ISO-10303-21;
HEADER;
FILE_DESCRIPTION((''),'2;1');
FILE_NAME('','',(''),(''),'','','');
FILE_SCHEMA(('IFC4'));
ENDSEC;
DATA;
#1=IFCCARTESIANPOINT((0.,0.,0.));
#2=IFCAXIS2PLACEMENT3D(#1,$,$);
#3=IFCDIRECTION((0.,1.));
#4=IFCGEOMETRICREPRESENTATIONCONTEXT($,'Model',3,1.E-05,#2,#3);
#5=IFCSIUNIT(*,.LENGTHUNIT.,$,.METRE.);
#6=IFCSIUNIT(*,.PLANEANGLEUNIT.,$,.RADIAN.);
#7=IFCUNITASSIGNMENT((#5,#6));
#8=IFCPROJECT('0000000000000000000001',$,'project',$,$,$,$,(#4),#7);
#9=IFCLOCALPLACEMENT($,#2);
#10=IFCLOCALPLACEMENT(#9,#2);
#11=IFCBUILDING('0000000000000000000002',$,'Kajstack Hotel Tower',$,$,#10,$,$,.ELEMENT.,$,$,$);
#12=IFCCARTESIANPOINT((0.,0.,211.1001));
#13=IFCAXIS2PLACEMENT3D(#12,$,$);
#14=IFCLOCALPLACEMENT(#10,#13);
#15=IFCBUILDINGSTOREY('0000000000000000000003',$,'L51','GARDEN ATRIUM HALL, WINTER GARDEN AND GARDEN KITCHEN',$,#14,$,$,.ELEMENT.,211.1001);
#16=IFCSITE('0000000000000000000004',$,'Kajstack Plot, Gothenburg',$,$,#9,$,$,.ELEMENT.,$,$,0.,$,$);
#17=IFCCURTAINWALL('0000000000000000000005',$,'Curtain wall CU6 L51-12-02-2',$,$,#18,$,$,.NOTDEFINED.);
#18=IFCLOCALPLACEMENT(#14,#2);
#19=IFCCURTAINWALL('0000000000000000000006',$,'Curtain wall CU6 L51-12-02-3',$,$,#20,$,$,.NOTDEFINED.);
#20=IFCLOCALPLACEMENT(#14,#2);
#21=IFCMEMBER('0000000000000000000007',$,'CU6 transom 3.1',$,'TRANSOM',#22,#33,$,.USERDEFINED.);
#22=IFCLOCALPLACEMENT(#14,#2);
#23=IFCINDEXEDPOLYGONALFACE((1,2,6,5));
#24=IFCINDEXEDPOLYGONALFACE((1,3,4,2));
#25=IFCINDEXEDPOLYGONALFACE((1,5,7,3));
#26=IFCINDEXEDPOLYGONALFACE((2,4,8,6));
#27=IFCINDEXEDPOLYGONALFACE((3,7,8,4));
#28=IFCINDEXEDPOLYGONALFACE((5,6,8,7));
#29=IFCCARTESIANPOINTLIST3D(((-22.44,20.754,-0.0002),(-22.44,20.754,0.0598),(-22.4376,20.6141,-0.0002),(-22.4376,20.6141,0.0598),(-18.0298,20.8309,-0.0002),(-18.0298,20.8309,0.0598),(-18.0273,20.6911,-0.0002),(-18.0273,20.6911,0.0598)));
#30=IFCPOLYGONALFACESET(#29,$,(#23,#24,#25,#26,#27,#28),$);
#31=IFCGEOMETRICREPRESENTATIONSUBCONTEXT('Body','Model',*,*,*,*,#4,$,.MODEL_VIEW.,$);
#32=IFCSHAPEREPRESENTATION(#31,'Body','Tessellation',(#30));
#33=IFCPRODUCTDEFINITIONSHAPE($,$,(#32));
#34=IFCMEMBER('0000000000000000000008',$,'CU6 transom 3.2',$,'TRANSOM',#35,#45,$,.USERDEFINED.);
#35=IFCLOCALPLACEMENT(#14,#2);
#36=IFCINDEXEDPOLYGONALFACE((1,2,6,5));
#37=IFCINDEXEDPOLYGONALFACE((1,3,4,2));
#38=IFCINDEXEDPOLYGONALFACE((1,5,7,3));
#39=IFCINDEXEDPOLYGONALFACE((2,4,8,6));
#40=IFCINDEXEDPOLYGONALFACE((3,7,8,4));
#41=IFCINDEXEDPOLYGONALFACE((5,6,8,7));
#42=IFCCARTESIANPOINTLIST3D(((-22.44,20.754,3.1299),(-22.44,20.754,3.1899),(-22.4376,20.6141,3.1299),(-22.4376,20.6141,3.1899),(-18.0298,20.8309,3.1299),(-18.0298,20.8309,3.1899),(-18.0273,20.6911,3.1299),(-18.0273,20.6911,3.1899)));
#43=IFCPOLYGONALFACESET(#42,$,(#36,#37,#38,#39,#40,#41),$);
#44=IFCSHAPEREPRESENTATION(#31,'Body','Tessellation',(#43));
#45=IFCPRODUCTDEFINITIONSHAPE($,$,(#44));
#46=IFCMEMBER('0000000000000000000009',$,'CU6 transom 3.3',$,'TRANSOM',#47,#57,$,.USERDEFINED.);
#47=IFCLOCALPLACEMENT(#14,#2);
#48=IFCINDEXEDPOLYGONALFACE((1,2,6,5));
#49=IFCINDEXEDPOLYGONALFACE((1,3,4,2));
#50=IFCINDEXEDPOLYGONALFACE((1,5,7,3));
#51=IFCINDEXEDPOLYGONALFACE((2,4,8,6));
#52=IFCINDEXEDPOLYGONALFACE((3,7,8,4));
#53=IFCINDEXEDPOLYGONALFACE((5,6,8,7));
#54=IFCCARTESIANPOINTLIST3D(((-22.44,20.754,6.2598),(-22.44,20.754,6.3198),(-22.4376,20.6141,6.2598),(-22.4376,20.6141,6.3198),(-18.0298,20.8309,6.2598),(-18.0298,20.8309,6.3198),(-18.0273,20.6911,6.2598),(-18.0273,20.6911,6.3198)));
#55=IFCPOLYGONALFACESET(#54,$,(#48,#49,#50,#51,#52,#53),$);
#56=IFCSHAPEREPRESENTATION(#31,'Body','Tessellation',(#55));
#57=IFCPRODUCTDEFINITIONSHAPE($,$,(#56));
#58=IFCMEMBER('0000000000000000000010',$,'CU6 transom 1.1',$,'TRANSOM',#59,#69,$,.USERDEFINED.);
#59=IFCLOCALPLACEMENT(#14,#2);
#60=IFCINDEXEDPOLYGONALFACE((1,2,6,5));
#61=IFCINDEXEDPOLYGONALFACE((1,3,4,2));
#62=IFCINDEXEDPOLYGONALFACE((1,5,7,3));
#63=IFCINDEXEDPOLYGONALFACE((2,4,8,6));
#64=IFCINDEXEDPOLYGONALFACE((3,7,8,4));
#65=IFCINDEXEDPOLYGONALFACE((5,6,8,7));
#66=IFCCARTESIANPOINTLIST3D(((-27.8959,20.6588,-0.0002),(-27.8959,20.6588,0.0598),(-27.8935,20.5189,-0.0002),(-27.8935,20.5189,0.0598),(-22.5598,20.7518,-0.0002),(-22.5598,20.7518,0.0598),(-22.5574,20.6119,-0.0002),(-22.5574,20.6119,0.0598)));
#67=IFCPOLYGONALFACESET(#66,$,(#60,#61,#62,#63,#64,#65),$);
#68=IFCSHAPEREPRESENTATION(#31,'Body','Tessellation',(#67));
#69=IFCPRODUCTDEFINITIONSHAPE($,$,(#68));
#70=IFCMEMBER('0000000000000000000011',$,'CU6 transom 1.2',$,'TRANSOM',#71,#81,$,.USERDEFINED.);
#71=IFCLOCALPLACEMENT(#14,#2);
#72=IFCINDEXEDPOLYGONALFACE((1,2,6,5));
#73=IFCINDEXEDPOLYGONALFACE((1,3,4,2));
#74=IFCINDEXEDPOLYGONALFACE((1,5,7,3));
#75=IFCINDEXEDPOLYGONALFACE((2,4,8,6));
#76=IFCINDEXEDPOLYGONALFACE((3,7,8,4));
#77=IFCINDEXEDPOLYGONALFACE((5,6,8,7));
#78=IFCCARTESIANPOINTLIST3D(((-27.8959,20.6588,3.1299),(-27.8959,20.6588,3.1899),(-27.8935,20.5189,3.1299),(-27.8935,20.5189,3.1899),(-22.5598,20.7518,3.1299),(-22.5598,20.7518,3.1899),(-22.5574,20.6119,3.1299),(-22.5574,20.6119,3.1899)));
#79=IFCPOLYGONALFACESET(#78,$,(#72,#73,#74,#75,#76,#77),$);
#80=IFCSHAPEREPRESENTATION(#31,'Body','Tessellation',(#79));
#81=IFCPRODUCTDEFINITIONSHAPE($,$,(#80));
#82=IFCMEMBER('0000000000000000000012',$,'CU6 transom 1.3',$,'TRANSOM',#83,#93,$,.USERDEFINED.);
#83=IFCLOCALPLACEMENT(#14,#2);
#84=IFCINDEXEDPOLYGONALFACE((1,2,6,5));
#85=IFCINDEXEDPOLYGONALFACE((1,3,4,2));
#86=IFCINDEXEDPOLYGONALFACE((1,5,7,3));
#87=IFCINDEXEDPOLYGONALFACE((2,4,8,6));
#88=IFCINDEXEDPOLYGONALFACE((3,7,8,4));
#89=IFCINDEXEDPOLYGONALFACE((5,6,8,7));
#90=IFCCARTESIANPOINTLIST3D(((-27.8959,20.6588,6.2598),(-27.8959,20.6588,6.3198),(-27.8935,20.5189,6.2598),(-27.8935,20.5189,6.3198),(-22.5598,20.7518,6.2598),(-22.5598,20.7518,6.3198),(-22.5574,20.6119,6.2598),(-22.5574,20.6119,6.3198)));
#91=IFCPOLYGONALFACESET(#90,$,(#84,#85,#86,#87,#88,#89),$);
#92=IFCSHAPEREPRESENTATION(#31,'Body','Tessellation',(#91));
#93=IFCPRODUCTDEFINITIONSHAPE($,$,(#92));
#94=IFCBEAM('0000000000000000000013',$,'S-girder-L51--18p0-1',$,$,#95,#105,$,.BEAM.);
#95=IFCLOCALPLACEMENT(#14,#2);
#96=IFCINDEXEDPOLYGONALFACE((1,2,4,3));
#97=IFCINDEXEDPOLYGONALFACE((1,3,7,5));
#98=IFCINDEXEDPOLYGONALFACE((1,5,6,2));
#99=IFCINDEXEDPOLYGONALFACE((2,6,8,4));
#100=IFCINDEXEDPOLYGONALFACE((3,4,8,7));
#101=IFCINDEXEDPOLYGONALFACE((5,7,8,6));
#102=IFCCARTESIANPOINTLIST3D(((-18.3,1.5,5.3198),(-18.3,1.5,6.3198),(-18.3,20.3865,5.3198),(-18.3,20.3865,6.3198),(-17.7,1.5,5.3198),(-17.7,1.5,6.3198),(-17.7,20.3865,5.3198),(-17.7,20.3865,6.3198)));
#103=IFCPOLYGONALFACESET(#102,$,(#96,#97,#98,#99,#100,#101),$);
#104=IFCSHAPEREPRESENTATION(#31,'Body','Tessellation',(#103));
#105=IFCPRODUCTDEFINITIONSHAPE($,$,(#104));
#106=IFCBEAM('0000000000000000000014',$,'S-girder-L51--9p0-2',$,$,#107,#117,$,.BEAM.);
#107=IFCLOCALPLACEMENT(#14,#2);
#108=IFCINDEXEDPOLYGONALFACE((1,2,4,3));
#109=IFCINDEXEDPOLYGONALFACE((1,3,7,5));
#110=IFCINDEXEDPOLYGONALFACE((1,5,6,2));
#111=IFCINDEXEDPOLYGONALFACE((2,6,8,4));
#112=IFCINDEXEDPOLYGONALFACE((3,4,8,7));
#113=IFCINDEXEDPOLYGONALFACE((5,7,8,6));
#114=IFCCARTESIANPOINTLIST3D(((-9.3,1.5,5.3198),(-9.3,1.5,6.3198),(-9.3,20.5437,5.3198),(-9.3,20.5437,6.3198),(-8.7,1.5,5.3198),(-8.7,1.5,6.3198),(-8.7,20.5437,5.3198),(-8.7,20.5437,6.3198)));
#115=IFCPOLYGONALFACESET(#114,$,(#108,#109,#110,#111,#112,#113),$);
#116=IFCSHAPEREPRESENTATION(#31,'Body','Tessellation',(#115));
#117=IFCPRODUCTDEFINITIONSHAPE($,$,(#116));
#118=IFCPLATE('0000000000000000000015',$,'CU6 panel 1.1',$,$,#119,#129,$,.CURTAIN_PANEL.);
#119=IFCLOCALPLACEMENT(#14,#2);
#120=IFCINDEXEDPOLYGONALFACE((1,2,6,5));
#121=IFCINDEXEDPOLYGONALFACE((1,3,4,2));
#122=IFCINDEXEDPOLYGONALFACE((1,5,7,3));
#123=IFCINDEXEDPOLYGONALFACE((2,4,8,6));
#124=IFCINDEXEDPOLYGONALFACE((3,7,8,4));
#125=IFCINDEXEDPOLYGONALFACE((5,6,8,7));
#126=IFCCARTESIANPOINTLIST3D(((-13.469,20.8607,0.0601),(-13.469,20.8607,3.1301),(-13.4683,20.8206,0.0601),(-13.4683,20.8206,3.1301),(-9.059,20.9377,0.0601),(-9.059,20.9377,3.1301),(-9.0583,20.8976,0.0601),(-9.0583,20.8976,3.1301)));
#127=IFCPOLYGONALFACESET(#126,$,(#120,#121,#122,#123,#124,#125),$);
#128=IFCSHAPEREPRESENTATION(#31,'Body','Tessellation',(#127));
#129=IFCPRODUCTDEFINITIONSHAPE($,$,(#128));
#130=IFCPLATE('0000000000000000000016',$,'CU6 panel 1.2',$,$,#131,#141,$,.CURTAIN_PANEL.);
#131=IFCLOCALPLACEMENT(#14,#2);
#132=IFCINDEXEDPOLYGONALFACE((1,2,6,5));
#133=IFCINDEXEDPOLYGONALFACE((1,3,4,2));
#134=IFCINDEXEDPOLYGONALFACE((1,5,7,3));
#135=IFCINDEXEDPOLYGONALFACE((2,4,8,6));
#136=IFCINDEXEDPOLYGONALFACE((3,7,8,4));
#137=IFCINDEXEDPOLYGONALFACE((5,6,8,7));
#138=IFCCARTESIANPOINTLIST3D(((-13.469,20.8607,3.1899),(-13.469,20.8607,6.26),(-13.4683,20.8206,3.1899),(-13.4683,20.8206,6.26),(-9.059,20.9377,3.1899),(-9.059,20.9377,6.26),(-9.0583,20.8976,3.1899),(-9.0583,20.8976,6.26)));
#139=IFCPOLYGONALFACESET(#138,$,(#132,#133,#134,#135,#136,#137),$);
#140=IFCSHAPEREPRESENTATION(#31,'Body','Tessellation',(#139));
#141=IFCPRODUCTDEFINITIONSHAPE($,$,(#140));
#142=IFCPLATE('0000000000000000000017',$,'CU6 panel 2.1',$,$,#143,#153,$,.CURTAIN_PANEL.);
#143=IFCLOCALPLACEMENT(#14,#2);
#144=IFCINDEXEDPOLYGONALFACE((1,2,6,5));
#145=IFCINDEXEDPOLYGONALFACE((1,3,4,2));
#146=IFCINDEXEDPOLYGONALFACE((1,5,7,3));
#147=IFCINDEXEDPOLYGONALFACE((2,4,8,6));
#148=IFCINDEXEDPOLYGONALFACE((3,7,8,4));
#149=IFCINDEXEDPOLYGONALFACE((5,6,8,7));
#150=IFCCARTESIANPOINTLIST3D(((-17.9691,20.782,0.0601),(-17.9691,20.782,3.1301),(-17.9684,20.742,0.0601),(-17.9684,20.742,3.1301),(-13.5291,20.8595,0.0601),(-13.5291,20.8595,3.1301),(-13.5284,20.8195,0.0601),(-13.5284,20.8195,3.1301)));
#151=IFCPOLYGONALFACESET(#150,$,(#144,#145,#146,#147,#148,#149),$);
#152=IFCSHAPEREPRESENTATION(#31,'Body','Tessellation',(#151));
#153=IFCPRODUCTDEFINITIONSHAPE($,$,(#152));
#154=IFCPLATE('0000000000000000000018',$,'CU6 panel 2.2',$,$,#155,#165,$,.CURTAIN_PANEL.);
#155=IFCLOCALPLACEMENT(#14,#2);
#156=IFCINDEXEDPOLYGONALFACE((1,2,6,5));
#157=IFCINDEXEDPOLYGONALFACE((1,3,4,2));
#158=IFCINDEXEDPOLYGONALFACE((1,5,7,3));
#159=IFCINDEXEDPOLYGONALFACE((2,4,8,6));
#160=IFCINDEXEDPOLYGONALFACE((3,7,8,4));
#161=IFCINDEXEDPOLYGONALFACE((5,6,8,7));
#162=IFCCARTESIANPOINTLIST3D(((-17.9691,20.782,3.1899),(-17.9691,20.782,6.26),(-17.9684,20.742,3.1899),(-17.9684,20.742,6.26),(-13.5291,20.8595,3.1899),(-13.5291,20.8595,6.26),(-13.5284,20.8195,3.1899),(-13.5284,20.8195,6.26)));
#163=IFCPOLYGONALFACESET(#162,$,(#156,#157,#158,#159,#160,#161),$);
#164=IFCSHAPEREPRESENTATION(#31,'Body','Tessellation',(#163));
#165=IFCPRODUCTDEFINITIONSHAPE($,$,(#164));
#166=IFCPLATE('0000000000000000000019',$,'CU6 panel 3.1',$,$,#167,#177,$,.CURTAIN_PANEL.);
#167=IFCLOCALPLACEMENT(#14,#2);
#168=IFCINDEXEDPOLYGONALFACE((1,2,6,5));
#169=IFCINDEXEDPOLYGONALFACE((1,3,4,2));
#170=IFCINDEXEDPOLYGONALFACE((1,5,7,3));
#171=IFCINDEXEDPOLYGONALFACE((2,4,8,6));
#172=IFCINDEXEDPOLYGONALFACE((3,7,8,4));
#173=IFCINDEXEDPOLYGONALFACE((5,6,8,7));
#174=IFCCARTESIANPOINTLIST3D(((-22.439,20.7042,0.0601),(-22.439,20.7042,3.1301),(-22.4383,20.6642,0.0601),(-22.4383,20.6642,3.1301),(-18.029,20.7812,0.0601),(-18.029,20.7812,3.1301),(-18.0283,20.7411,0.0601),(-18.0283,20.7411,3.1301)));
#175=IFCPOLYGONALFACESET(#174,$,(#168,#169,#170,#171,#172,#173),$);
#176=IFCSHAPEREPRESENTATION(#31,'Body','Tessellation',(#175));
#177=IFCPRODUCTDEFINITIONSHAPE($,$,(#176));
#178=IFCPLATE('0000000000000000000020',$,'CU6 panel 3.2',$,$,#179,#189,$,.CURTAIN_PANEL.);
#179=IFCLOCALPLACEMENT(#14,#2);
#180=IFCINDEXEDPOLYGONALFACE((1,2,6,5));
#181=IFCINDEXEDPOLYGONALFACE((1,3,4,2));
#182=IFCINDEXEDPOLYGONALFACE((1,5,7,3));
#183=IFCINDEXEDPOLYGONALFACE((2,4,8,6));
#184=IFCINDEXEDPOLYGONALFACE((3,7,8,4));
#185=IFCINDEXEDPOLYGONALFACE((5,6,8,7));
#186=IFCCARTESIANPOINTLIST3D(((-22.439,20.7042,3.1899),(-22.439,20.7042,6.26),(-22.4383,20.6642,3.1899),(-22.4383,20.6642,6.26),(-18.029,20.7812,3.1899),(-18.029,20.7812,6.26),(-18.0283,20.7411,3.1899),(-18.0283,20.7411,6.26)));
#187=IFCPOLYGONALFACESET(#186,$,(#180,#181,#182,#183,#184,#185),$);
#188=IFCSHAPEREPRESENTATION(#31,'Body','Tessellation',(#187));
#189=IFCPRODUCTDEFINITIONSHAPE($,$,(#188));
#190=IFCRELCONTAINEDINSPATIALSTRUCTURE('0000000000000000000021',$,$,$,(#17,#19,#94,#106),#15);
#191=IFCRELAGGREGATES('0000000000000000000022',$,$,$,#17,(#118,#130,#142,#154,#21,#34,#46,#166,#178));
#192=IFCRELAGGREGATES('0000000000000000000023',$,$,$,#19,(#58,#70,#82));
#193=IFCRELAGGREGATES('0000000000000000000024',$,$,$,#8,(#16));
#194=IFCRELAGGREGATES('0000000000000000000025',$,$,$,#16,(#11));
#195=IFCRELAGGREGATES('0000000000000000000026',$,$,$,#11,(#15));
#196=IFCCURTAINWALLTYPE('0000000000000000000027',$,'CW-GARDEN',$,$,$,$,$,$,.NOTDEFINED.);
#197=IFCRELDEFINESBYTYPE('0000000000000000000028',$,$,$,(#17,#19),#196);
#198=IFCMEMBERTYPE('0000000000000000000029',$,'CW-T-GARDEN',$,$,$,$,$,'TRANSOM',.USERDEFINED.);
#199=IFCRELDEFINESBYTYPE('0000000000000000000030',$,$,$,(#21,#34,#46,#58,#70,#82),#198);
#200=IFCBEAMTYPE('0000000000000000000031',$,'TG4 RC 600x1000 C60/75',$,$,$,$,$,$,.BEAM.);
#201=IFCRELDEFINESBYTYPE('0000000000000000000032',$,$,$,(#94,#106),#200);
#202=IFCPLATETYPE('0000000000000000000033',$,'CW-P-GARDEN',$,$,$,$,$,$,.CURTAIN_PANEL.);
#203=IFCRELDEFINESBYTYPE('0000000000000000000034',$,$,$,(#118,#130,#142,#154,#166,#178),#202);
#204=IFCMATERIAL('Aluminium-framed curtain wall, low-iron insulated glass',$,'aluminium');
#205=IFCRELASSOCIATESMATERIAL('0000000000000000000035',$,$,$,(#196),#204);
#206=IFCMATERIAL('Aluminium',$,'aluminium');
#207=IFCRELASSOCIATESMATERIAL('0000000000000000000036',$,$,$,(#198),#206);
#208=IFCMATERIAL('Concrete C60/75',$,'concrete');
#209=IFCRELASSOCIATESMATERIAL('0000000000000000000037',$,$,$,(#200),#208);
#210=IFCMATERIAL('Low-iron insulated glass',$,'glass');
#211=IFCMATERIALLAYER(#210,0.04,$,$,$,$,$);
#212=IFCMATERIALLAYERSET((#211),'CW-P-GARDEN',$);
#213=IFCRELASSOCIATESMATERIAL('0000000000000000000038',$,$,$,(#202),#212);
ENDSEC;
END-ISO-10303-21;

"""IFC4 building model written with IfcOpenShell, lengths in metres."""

from ifc_helpers import new_model, si_unit, direction, frame, origin, origin_2d, place, context, subcontext, project, spatial, rectangle, extrude, material, layer, layer_set, material_profile, profile_set, type_object, element, aggregate, save


model = new_model("IFC4")

# Units and contexts
model_context = context("Model", 3, precision=1e-05, world=origin(), true_north=direction((0.0, 1.0)))
body_context = subcontext(model_context, "Body", "Model", "MODEL_VIEW")
ifc_project = project(units=[si_unit("LENGTHUNIT", "METRE"), si_unit("PLANEANGLEUNIT", "RADIAN")], contexts=[model_context])

# Site, building, storey
site_placement = place(None, origin())
site = spatial("IfcSite", under=ifc_project, at=site_placement, Name="Kajstack Plot, Gothenburg", CompositionType="ELEMENT", RefElevation=0.0)
building_placement = place(site_placement, origin())
building = spatial("IfcBuilding", under=site, at=building_placement, Name="Kajstack Hotel Tower", CompositionType="ELEMENT")
storey_placement = place(building_placement, frame((0.0, 0.0, 211.1001)))
storey = spatial("IfcBuildingStorey", under=building, at=storey_placement, Name="L51", Description="GARDEN ATRIUM HALL, WINTER GARDEN AND GARDEN KITCHEN", CompositionType="ELEMENT", Elevation=211.1001)

# Curtain wall
ifc_material_1 = material(Name="Aluminium-framed curtain wall, low-iron insulated glass", Category="aluminium")
curtain_wall_type = type_object("IfcCurtainWallType", Name="CW-GARDEN", PredefinedType="NOTDEFINED", material=ifc_material_1)
curtain_wall_1_placement = place(storey_placement, origin())
curtain_wall_1 = element("IfcCurtainWall", 1, at=curtain_wall_1_placement, inside=storey, type_object=curtain_wall_type, Name="Curtain wall CU6 L51-12-02-2", PredefinedType="NOTDEFINED")
ifc_material_2 = material(Name="Aluminium", Category="aluminium")

# Curtain wall
curtain_wall_2_placement = place(storey_placement, origin())
curtain_wall_2 = element("IfcCurtainWall", 2, at=curtain_wall_2_placement, inside=storey, type_object=curtain_wall_type, Name="Curtain wall CU6 L51-12-02-3", PredefinedType="NOTDEFINED")

# Members
ifc_material_profile_1 = material_profile(ifc_material_2, rectangle(XDim=0.1399, YDim=0.0601, at=origin_2d()), Name="Aluminium transom 140 x 60")
ifc_profile_set_1 = profile_set([ifc_material_profile_1], Name="Aluminium")
member_type_1 = type_object("IfcMemberType", Name="CW-T-GARDEN", ElementType="TRANSOM", PredefinedType="USERDEFINED", material=ifc_profile_set_1)
member_1_placement = place(storey_placement, frame((-18.0286, 20.761, 0.0298), z_axis=(-0.999848, -0.017435, 0.0), x_axis=(0.017435, -0.999848, 0.0)))
member_1 = element("IfcMember", 3, at=member_1_placement, type_object=member_type_1, Name="CU6 transom 3.1", ObjectType="TRANSOM", PredefinedType="USERDEFINED", context=body_context, shape_type="SweptSolid", body=[
    extrude(rectangle(XDim=0.1399, YDim=0.0601, at=origin_2d()), origin(), (0.0, 0.0, 1.0), 4.4109),
])
member_2_placement = place(storey_placement, frame((-18.0286, 20.761, 3.1599), z_axis=(-0.999848, -0.017435, 0.0), x_axis=(0.017435, -0.999848, 0.0)))
member_2 = element("IfcMember", 4, at=member_2_placement, type_object=member_type_1, Name="CU6 transom 3.2", ObjectType="TRANSOM", PredefinedType="USERDEFINED", context=body_context, shape_type="SweptSolid", body=[
    extrude(rectangle(XDim=0.1399, YDim=0.0601, at=origin_2d()), origin(), (0.0, 0.0, 1.0), 4.4109),
])
member_3_placement = place(storey_placement, frame((-18.0286, 20.761, 6.2898), z_axis=(-0.999848, -0.017435, 0.0), x_axis=(0.017435, -0.999848, 0.0)))
member_3 = element("IfcMember", 5, at=member_3_placement, type_object=member_type_1, Name="CU6 transom 3.3", ObjectType="TRANSOM", PredefinedType="USERDEFINED", context=body_context, shape_type="SweptSolid", body=[
    extrude(rectangle(XDim=0.1399, YDim=0.0601, at=origin_2d()), origin(), (0.0, 0.0, 1.0), 4.4109),
])
member_4_placement = place(storey_placement, frame((-22.5586, 20.6819, 0.0298), z_axis=(-0.999848, -0.017429, 0.0), x_axis=(0.017429, -0.999848, 0.0)))
member_4 = element("IfcMember", 6, at=member_4_placement, type_object=member_type_1, Name="CU6 transom 1.1", ObjectType="TRANSOM", PredefinedType="USERDEFINED", context=body_context, shape_type="SweptSolid", body=[
    extrude(rectangle(XDim=0.1399, YDim=0.0601, at=origin_2d()), origin(), (0.0, 0.0, 1.0), 5.3369),
])
member_5_placement = place(storey_placement, frame((-22.5586, 20.6819, 3.1599), z_axis=(-0.999848, -0.017429, 0.0), x_axis=(0.017429, -0.999848, 0.0)))
member_5 = element("IfcMember", 7, at=member_5_placement, type_object=member_type_1, Name="CU6 transom 1.2", ObjectType="TRANSOM", PredefinedType="USERDEFINED", context=body_context, shape_type="SweptSolid", body=[
    extrude(rectangle(XDim=0.1399, YDim=0.0601, at=origin_2d()), origin(), (0.0, 0.0, 1.0), 5.3369),
])
member_6_placement = place(storey_placement, frame((-22.5586, 20.6819, 6.2898), z_axis=(-0.999848, -0.017429, 0.0), x_axis=(0.017429, -0.999848, 0.0)))
member_6 = element("IfcMember", 8, at=member_6_placement, type_object=member_type_1, Name="CU6 transom 1.3", ObjectType="TRANSOM", PredefinedType="USERDEFINED", context=body_context, shape_type="SweptSolid", body=[
    extrude(rectangle(XDim=0.1399, YDim=0.0601, at=origin_2d()), origin(), (0.0, 0.0, 1.0), 5.3369),
])

# Beams
ifc_material_3 = material(Name="Concrete C60/75", Category="concrete")
ifc_material_profile_2 = material_profile(ifc_material_3, rectangle(XDim=0.6001, YDim=1.0, at=origin_2d()), Name="RC 600x1000")
ifc_profile_set_2 = profile_set([ifc_material_profile_2], Name="Concrete C60/75")
beam_type = type_object("IfcBeamType", Name="TG4 RC 600x1000 C60/75", PredefinedType="BEAM", material=ifc_profile_set_2)
beam_1_placement = place(storey_placement, frame((-18.0, 1.5, 5.8198), z_axis=(0.0, 1.0, 0.0), x_axis=(-1.0, 0.0, 0.0)))
element("IfcBeam", 9, at=beam_1_placement, inside=storey, type_object=beam_type, Name="S-girder-L51--18p0-1", PredefinedType="BEAM", context=body_context, shape_type="SweptSolid", body=[
    extrude(rectangle(XDim=0.6001, YDim=1.0, at=origin_2d()), origin(), (0.0, 0.0, 1.0), 18.8865),
])
beam_2_placement = place(storey_placement, frame((-9.0, 1.5, 5.8198), z_axis=(0.0, 1.0, 0.0), x_axis=(-1.0, 0.0, 0.0)))
element("IfcBeam", 10, at=beam_2_placement, inside=storey, type_object=beam_type, Name="S-girder-L51--9p0-2", PredefinedType="BEAM", context=body_context, shape_type="SweptSolid", body=[
    extrude(rectangle(XDim=0.6001, YDim=1.0, at=origin_2d()), origin(), (0.0, 0.0, 1.0), 19.0437),
])

# Plates
ifc_material_4 = material(Name="Low-iron insulated glass", Category="glass")
ifc_layer_1 = layer(ifc_material_4, 0.04)
ifc_layer_set_1 = layer_set([ifc_layer_1], Name="CW-P-GARDEN")
plate_type = type_object("IfcPlateType", Name="CW-P-GARDEN", PredefinedType="CURTAIN_PANEL", material=ifc_layer_set_1)
plate_1_placement = place(storey_placement, frame((-11.2637, 20.8792, 0.0601), z_axis=(0.0, 0.0, 1.0), x_axis=(-0.999848, -0.017453, 0.0)))
plate_1 = element("IfcPlate", 11, at=plate_1_placement, type_object=plate_type, Name="CU6 panel 1.1", PredefinedType="CURTAIN_PANEL", context=body_context, shape_type="SweptSolid", body=[
    extrude(rectangle(XDim=4.4106, YDim=0.04, at=origin_2d()), origin(), (0.0, 0.0, 1.0), 3.0701),
])
plate_2_placement = place(storey_placement, frame((-11.2637, 20.8792, 3.1899), z_axis=(0.0, 0.0, 1.0), x_axis=(-0.999848, -0.017453, 0.0)))
plate_2 = element("IfcPlate", 12, at=plate_2_placement, type_object=plate_type, Name="CU6 panel 1.2", PredefinedType="CURTAIN_PANEL", context=body_context, shape_type="SweptSolid", body=[
    extrude(rectangle(XDim=4.4106, YDim=0.04, at=origin_2d()), origin(), (0.0, 0.0, 1.0), 3.0701),
])
plate_3_placement = place(storey_placement, frame((-15.7488, 20.8008, 0.0601), z_axis=(0.0, 0.0, 1.0), x_axis=(-0.999848, -0.017453, 0.0)))
plate_3 = element("IfcPlate", 13, at=plate_3_placement, type_object=plate_type, Name="CU6 panel 2.1", PredefinedType="CURTAIN_PANEL", context=body_context, shape_type="SweptSolid", body=[
    extrude(rectangle(XDim=4.4407, YDim=0.04, at=origin_2d()), origin(), (0.0, 0.0, 1.0), 3.0701),
])
plate_4_placement = place(storey_placement, frame((-15.7488, 20.8008, 3.1899), z_axis=(0.0, 0.0, 1.0), x_axis=(-0.999848, -0.017453, 0.0)))
plate_4 = element("IfcPlate", 14, at=plate_4_placement, type_object=plate_type, Name="CU6 panel 2.2", PredefinedType="CURTAIN_PANEL", context=body_context, shape_type="SweptSolid", body=[
    extrude(rectangle(XDim=4.4407, YDim=0.04, at=origin_2d()), origin(), (0.0, 0.0, 1.0), 3.0701),
])
plate_5_placement = place(storey_placement, frame((-20.2336, 20.7227, 0.0601), z_axis=(0.0, 0.0, 1.0), x_axis=(-0.999848, -0.017453, 0.0)))
plate_5 = element("IfcPlate", 15, at=plate_5_placement, type_object=plate_type, Name="CU6 panel 3.1", PredefinedType="CURTAIN_PANEL", context=body_context, shape_type="SweptSolid", body=[
    extrude(rectangle(XDim=4.4106, YDim=0.04, at=origin_2d()), origin(), (0.0, 0.0, 1.0), 3.0701),
])
plate_6_placement = place(storey_placement, frame((-20.2336, 20.7227, 3.1899), z_axis=(0.0, 0.0, 1.0), x_axis=(-0.999848, -0.017453, 0.0)))
plate_6 = element("IfcPlate", 16, at=plate_6_placement, type_object=plate_type, Name="CU6 panel 3.2", PredefinedType="CURTAIN_PANEL", context=body_context, shape_type="SweptSolid", body=[
    extrude(rectangle(XDim=4.4106, YDim=0.04, at=origin_2d()), origin(), (0.0, 0.0, 1.0), 3.0701),
])
aggregate(curtain_wall_1, [plate_1, plate_2, plate_3, plate_4, member_1, member_2, member_3, plate_5, plate_6])
aggregate(curtain_wall_2, [member_4, member_5, member_6])

save(model, "model.ifc")
